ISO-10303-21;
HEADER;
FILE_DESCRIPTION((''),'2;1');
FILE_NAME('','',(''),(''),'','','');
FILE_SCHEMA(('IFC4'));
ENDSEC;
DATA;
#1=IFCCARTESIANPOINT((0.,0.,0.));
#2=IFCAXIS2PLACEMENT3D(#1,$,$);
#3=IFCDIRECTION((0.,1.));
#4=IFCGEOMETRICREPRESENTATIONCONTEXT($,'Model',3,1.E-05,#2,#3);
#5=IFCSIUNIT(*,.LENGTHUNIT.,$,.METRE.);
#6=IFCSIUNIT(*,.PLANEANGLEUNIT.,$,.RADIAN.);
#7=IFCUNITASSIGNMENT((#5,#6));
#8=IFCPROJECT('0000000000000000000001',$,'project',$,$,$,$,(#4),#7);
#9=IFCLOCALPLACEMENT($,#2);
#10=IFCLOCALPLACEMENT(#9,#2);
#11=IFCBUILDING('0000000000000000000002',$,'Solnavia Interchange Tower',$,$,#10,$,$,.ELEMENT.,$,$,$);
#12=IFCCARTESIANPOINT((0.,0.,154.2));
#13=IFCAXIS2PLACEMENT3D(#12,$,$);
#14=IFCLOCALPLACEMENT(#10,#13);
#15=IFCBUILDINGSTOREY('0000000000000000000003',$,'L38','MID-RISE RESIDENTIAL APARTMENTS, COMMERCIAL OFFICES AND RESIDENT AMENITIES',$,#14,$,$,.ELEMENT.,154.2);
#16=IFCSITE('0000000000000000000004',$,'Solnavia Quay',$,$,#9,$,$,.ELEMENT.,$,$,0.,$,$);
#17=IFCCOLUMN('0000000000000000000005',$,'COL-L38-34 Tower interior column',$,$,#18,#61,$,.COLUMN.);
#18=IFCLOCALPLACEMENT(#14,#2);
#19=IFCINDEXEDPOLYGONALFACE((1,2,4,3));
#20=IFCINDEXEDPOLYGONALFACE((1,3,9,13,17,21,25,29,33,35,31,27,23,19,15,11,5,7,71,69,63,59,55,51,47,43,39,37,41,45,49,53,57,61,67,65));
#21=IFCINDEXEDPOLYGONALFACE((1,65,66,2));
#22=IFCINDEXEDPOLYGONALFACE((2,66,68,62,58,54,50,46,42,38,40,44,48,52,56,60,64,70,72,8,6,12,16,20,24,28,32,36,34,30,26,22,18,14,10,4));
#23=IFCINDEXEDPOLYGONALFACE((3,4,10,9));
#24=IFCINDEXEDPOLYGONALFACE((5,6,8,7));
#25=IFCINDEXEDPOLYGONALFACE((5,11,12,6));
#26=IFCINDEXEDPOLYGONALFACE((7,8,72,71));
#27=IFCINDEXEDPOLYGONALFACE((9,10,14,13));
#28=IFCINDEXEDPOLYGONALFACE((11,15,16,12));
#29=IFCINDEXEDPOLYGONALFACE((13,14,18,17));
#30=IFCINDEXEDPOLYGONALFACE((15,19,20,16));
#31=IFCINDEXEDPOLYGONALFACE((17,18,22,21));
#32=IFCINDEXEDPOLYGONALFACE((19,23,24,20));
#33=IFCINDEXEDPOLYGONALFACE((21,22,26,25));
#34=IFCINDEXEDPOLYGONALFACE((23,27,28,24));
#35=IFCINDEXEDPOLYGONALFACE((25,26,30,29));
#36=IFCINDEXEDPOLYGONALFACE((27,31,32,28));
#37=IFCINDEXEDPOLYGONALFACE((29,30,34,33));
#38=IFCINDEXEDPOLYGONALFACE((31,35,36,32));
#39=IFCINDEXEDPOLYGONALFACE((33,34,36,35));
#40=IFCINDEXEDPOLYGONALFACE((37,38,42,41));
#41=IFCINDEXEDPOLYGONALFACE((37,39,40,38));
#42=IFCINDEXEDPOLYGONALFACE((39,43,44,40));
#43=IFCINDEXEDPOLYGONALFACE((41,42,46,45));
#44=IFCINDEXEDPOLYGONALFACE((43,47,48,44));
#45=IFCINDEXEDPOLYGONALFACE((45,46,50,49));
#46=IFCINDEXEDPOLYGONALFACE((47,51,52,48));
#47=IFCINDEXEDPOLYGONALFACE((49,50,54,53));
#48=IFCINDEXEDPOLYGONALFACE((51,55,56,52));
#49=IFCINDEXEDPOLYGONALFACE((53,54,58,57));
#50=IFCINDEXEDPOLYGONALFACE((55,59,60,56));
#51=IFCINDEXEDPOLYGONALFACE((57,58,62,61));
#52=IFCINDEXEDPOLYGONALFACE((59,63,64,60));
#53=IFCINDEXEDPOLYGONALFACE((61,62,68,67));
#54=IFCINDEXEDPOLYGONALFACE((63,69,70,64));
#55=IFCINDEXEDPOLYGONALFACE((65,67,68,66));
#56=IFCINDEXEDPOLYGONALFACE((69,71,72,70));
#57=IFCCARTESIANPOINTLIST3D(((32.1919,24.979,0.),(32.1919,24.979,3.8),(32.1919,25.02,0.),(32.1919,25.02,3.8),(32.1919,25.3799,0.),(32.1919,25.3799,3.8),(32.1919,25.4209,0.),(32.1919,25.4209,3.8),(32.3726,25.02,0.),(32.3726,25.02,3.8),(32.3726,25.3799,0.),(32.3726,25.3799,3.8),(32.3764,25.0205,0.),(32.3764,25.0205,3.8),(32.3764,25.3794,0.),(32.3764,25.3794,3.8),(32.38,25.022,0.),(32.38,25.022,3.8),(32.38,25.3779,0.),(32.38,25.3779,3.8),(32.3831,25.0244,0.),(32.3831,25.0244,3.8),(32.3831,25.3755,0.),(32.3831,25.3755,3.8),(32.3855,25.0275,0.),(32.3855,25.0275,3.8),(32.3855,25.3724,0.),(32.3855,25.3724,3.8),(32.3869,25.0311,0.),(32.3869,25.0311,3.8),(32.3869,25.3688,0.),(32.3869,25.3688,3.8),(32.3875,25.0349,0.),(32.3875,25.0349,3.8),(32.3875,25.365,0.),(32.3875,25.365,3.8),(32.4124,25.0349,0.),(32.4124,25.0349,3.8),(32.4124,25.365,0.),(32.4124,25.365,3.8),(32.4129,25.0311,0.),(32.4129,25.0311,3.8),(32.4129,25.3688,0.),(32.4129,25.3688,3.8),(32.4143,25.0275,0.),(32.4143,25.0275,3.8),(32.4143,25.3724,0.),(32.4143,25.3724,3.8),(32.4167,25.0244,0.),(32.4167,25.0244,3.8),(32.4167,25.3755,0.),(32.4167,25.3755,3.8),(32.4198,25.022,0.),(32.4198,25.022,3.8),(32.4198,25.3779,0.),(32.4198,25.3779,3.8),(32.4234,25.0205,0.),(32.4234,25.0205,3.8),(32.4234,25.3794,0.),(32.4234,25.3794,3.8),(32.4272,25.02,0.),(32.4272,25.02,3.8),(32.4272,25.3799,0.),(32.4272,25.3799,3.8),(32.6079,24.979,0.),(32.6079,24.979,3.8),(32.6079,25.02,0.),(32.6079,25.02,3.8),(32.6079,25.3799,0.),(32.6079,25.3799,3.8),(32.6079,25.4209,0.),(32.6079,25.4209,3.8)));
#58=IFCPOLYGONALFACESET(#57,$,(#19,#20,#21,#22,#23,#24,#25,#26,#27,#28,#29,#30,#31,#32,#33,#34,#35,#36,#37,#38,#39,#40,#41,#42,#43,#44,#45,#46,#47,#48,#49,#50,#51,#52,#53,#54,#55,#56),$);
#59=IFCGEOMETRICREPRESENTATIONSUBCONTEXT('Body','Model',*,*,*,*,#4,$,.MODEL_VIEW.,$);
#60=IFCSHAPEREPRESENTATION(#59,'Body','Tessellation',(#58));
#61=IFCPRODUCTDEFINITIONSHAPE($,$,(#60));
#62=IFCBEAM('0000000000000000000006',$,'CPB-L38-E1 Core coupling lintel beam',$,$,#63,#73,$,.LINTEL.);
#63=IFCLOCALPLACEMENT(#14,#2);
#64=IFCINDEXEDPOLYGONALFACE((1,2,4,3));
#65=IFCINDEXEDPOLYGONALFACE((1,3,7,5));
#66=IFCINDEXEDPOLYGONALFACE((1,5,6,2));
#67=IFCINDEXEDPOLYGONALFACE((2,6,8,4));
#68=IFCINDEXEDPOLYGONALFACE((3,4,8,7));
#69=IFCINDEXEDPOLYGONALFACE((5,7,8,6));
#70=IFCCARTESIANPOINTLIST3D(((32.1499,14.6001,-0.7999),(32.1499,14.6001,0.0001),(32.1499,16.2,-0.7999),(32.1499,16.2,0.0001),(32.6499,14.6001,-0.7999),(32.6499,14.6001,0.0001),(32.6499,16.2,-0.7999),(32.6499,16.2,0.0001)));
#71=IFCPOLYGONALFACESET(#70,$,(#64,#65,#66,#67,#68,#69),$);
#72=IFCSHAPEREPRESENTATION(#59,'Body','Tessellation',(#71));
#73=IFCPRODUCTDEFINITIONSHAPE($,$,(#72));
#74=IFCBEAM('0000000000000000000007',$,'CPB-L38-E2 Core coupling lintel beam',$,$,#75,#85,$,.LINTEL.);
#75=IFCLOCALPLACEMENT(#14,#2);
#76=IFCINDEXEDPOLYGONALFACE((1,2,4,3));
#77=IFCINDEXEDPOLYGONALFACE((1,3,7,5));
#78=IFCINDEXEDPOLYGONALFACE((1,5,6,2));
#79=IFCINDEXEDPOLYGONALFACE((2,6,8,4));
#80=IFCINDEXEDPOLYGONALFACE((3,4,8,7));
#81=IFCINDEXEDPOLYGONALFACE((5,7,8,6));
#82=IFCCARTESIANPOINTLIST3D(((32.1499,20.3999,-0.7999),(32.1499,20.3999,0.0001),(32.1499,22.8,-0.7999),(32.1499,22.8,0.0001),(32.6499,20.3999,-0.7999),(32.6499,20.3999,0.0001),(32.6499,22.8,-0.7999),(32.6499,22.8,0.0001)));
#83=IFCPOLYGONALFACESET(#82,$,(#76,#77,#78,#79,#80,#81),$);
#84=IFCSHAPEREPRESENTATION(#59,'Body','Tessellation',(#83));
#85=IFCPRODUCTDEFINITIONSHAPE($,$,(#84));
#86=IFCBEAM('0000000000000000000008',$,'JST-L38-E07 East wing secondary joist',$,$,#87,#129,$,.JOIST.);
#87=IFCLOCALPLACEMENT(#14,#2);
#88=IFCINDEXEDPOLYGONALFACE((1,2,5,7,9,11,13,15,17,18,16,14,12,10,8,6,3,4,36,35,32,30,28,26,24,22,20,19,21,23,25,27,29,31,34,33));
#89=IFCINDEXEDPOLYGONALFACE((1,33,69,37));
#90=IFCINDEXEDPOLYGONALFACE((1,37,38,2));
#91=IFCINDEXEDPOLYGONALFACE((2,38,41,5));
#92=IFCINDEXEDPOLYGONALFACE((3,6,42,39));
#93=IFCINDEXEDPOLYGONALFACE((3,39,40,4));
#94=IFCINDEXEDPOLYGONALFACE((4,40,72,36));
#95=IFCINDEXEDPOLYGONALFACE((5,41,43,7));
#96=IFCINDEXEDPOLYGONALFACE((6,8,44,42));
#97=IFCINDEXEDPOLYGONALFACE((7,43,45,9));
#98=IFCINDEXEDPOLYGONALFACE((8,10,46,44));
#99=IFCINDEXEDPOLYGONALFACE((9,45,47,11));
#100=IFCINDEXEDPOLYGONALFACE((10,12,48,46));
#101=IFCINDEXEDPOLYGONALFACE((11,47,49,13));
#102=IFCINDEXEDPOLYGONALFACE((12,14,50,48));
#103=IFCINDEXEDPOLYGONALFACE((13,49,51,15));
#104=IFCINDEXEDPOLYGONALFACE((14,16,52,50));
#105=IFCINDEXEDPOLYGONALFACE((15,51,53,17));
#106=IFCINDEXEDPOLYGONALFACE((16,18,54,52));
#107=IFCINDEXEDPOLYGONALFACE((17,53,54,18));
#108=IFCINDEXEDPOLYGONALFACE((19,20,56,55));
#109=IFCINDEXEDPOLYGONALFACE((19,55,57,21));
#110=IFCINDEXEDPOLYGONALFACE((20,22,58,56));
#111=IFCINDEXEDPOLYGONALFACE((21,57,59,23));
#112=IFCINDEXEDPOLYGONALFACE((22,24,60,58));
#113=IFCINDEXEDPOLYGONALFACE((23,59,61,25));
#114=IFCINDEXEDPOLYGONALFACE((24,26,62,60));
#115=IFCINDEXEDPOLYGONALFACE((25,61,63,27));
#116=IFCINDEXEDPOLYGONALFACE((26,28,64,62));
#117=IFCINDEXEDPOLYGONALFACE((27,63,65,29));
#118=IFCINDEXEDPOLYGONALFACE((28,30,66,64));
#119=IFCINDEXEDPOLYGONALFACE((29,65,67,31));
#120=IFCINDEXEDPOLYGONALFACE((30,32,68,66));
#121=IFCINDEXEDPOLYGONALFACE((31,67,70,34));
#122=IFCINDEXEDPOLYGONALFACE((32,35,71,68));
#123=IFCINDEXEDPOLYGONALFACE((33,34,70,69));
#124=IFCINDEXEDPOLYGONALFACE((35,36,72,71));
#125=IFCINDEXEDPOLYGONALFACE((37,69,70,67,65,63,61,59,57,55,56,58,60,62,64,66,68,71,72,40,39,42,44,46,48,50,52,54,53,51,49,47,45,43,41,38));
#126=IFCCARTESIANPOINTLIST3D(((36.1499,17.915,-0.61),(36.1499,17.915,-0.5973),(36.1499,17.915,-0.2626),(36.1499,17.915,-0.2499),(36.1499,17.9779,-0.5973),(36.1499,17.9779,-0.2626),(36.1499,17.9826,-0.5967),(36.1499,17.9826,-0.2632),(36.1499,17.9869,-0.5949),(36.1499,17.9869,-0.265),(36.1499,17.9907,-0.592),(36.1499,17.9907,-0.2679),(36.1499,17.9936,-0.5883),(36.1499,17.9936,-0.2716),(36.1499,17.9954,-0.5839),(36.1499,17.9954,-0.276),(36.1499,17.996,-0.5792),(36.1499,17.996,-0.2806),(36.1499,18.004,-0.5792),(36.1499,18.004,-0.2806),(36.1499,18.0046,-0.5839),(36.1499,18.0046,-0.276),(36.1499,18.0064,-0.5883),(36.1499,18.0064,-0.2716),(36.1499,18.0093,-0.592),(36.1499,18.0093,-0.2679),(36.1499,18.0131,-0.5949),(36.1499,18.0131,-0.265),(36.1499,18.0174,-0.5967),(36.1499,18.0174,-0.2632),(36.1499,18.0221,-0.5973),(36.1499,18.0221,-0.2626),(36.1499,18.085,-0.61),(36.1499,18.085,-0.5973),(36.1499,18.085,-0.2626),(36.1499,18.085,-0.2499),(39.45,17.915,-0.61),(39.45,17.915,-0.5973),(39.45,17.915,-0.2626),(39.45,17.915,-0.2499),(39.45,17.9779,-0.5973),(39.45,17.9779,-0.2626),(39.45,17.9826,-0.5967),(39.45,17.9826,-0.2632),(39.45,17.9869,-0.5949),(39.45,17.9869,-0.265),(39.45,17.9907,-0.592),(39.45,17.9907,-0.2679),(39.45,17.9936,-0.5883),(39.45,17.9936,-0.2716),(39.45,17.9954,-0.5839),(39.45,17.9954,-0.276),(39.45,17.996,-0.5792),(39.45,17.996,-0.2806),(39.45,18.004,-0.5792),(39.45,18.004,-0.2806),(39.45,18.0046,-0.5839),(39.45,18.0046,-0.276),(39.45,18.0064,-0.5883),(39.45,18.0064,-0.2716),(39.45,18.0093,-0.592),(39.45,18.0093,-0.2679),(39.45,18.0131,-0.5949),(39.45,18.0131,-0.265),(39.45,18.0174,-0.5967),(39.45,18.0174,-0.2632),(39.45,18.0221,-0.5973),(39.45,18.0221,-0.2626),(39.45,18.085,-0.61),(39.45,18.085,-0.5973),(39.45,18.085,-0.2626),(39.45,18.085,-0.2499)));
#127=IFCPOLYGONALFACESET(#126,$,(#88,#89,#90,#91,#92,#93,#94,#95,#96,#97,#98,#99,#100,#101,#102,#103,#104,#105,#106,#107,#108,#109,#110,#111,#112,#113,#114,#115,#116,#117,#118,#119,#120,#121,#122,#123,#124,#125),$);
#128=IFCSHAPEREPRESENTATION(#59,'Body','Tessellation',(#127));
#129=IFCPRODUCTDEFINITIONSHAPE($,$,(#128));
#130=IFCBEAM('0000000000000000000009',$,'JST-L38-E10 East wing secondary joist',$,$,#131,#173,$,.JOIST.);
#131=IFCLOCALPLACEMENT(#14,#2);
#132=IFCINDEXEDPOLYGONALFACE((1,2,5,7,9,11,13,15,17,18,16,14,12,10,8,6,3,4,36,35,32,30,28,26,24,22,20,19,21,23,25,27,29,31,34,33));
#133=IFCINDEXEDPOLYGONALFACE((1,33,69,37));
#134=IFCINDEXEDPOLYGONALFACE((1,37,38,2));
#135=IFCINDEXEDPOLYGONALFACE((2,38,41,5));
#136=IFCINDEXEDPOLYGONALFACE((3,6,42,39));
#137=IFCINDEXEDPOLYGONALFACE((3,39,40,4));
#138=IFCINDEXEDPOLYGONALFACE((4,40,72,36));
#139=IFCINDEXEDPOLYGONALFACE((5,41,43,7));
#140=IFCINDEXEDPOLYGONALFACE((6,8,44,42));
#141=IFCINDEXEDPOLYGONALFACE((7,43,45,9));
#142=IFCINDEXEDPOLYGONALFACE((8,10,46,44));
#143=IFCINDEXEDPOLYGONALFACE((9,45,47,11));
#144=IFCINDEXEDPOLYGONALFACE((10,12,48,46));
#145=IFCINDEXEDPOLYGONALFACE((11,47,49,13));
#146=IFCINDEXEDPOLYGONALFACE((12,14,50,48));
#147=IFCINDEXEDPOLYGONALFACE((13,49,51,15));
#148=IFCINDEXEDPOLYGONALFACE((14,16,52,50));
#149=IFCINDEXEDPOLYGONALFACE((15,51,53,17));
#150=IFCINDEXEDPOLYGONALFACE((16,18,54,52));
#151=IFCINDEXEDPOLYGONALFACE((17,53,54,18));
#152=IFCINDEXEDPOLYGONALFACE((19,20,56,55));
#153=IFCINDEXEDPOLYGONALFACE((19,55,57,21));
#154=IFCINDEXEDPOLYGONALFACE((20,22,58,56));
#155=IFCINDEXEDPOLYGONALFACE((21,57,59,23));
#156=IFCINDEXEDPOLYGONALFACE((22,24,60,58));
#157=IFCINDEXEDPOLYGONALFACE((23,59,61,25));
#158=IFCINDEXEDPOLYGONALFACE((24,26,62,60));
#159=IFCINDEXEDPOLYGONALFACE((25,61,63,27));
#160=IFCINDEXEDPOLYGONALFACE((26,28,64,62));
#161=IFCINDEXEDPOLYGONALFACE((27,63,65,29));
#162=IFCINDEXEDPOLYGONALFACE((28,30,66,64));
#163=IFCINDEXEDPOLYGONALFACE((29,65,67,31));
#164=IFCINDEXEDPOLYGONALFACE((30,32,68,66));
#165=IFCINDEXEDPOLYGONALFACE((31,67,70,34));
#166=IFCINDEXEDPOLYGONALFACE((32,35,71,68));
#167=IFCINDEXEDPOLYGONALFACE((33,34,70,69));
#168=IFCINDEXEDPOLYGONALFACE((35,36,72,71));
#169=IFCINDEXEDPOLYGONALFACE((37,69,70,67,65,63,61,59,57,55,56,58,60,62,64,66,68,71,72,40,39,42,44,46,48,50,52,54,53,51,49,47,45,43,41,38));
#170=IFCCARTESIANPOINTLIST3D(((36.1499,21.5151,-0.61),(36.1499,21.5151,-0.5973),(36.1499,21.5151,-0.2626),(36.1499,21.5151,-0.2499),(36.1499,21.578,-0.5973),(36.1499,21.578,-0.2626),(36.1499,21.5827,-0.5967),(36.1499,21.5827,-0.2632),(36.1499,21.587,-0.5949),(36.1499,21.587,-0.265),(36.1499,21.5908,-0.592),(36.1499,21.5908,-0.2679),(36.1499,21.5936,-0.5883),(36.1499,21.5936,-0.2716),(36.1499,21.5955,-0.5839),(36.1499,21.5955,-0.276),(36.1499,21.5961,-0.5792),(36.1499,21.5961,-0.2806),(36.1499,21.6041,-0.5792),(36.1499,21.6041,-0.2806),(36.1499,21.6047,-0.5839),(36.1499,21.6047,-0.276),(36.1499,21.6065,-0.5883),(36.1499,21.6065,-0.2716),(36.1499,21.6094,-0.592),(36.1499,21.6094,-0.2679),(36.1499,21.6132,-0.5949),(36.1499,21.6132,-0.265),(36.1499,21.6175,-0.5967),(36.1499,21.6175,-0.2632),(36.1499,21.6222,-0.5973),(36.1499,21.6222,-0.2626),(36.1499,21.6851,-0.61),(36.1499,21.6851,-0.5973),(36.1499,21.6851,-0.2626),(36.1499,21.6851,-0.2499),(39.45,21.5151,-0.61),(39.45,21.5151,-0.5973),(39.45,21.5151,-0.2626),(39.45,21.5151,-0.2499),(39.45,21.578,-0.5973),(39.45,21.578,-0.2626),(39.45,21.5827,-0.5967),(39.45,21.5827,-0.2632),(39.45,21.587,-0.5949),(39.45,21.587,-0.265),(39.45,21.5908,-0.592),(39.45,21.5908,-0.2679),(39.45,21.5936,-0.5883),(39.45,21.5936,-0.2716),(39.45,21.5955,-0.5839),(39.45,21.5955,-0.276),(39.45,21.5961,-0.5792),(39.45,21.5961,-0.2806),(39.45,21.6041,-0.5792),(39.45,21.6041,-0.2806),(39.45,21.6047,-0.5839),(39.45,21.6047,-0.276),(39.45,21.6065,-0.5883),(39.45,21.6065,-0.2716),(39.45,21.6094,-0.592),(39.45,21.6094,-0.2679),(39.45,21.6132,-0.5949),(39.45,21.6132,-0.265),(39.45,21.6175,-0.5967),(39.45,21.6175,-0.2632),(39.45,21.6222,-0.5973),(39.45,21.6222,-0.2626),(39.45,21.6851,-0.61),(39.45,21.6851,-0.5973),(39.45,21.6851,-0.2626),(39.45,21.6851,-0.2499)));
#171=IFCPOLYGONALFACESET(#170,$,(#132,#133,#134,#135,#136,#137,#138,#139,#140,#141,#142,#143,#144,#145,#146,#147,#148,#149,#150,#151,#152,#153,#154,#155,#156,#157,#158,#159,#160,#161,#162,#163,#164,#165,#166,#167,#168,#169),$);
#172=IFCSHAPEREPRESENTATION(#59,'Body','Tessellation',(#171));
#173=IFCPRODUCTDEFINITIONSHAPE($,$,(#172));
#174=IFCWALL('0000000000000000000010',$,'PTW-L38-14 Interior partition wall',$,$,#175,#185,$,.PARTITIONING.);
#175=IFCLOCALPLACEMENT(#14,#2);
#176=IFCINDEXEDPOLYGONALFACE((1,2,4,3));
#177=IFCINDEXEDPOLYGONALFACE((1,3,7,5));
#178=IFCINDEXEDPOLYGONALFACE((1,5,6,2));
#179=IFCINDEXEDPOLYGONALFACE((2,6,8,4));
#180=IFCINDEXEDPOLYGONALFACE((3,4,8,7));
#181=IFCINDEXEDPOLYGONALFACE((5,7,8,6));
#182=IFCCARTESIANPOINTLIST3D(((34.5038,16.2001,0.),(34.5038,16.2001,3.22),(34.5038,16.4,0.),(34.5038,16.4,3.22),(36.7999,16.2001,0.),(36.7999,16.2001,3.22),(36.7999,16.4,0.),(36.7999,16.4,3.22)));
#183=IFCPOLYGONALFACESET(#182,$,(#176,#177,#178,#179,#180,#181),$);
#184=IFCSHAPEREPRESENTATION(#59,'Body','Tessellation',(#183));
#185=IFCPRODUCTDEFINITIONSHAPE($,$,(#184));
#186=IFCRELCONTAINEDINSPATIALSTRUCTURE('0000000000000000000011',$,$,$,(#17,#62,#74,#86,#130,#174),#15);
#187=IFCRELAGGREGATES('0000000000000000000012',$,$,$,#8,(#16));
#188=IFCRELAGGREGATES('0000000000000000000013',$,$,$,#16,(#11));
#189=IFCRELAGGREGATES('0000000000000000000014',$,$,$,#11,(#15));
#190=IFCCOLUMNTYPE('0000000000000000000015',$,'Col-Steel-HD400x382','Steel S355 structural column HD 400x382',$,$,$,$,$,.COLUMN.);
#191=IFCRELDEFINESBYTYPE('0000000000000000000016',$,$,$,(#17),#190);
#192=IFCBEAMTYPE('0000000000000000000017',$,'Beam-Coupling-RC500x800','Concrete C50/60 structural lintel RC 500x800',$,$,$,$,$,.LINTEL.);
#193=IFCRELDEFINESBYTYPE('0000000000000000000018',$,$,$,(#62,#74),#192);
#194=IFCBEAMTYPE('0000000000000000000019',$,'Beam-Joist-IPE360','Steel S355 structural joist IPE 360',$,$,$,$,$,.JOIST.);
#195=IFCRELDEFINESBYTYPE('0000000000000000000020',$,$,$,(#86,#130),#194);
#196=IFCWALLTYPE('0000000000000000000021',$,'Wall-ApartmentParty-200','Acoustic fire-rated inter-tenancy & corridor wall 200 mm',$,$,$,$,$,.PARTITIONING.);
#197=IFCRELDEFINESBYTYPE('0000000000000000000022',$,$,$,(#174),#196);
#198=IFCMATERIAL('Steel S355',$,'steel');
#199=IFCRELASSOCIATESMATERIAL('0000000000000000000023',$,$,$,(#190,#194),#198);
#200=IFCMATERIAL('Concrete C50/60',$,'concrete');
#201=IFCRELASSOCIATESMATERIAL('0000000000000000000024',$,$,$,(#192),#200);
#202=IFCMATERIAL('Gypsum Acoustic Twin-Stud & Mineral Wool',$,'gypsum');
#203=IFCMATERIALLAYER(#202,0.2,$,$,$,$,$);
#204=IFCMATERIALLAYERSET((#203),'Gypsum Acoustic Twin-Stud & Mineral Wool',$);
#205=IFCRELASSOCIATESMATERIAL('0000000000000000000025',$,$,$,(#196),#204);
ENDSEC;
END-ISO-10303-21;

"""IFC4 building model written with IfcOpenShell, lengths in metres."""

from ifc_helpers import new_model, si_unit, direction, frame, frame_2d, origin, origin_2d, place, context, subcontext, project, spatial, rectangle, i_section, extrude, material, layer, layer_set, material_profile, profile_set, type_object, element, save


model = new_model("IFC4")

# Units and contexts
model_context = context("Model", 3, precision=1e-05, world=origin(), true_north=direction((0.0, 1.0)))
body_context = subcontext(model_context, "Body", "Model", "MODEL_VIEW")
ifc_project = project(units=[si_unit("LENGTHUNIT", "METRE"), si_unit("PLANEANGLEUNIT", "RADIAN")], contexts=[model_context])

# Site, building, storey
site_placement = place(None, origin())
site = spatial("IfcSite", under=ifc_project, at=site_placement, Name="Solnavia Quay", CompositionType="ELEMENT", RefElevation=0.0)
building_placement = place(site_placement, origin())
building = spatial("IfcBuilding", under=site, at=building_placement, Name="Solnavia Interchange Tower", CompositionType="ELEMENT")
storey_placement = place(building_placement, frame((0.0, 0.0, 154.2)))
storey = spatial("IfcBuildingStorey", under=building, at=storey_placement, Name="L38", Description="MID-RISE RESIDENTIAL APARTMENTS, COMMERCIAL OFFICES AND RESIDENT AMENITIES", CompositionType="ELEMENT", Elevation=154.2)

# Column
ifc_material_1 = material(Name="Steel S355", Category="steel")
ifc_material_profile_1 = material_profile(ifc_material_1, i_section(OverallWidth=0.416, OverallDepth=0.4419, WebThickness=0.0249, FlangeThickness=0.041, FilletRadius=0.0149, at=origin_2d()), Name="HD 400x382")
ifc_profile_set_1 = profile_set([ifc_material_profile_1], Name="Steel S355")
column_type = type_object("IfcColumnType", Name="Col-Steel-HD400x382", Description="Steel S355 structural column HD 400x382", PredefinedType="COLUMN", material=ifc_profile_set_1)
column_placement = place(storey_placement, frame((32.3999, 25.2, 0.0), z_axis=(0.0, 0.0, 1.0), x_axis=(1.0, 0.0, 0.0)))
element("IfcColumn", 1, at=column_placement, inside=storey, type_object=column_type, Name="COL-L38-34 Tower interior column", PredefinedType="COLUMN", context=body_context, shape_type="SweptSolid", body=[
    extrude(i_section(OverallWidth=0.416, OverallDepth=0.4419, WebThickness=0.0249, FlangeThickness=0.041, FilletRadius=0.0149, at=origin_2d()), origin(), (0.0, 0.0, 1.0), 3.8),
])

# Beams
ifc_material_2 = material(Name="Concrete C50/60", Category="concrete")
ifc_material_profile_2 = material_profile(ifc_material_2, rectangle(XDim=0.5, YDim=0.8, at=origin_2d()), Name="RC 500x800")
ifc_profile_set_2 = profile_set([ifc_material_profile_2], Name="Concrete C50/60")
beam_type_1 = type_object("IfcBeamType", Name="Beam-Coupling-RC500x800", Description="Concrete C50/60 structural lintel RC 500x800", PredefinedType="LINTEL", material=ifc_profile_set_2)
beam_1_placement = place(storey_placement, frame((32.3999, 14.6001, -0.3999), z_axis=(0.0, 1.0, 0.0), x_axis=(-1.0, 0.0, 0.0)))
element("IfcBeam", 2, at=beam_1_placement, inside=storey, type_object=beam_type_1, Name="CPB-L38-E1 Core coupling lintel beam", PredefinedType="LINTEL", context=body_context, shape_type="SweptSolid", body=[
    extrude(rectangle(XDim=0.5, YDim=0.8, at=origin_2d()), origin(), (0.0, 0.0, 1.0), 1.5999),
])
beam_2_placement = place(storey_placement, frame((32.3999, 20.3999, -0.3999), z_axis=(0.0, 1.0, 0.0), x_axis=(-1.0, 0.0, 0.0)))
element("IfcBeam", 3, at=beam_2_placement, inside=storey, type_object=beam_type_1, Name="CPB-L38-E2 Core coupling lintel beam", PredefinedType="LINTEL", context=body_context, shape_type="SweptSolid", body=[
    extrude(rectangle(XDim=0.5, YDim=0.8, at=origin_2d()), origin(), (0.0, 0.0, 1.0), 2.4001),
])
ifc_material_profile_3 = material_profile(ifc_material_1, i_section(OverallWidth=0.1699, OverallDepth=0.3601, WebThickness=0.0081, FlangeThickness=0.0127, FilletRadius=0.0181, at=origin_2d()), Name="IPE 360")
ifc_profile_set_3 = profile_set([ifc_material_profile_3], Name="Steel S355")
beam_type_2 = type_object("IfcBeamType", Name="Beam-Joist-IPE360", Description="Steel S355 structural joist IPE 360", PredefinedType="JOIST", material=ifc_profile_set_3)
for number, where, z_axis, x_axis, name in (
    (4, (36.1499, 18.0, -0.4299), (1.0, 0.0, 0.0), (0.0, 1.0, 0.0), "JST-L38-E07 East wing secondary joist"),
    (5, (36.1499, 21.6001, -0.4299), (1.0, 0.0, 0.0), (0.0, 1.0, 0.0), "JST-L38-E10 East wing secondary joist"),
):
    element("IfcBeam", number, at=place(storey_placement, frame(where, z_axis=z_axis, x_axis=x_axis)), inside=storey, type_object=beam_type_2, Name=name, PredefinedType="JOIST", context=body_context, shape_type="SweptSolid", body=[
        extrude(i_section(OverallWidth=0.1699, OverallDepth=0.3601, WebThickness=0.0081, FlangeThickness=0.0127, FilletRadius=0.0181, at=origin_2d()), origin(), (0.0, 0.0, 1.0), 3.3),
    ])

# Wall
ifc_material_3 = material(Name="Gypsum Acoustic Twin-Stud & Mineral Wool", Category="gypsum")
ifc_layer_1 = layer(ifc_material_3, 0.2)
ifc_layer_set_1 = layer_set([ifc_layer_1], Name="Gypsum Acoustic Twin-Stud & Mineral Wool")
wall_type_1 = type_object("IfcWallType", Name="Wall-ApartmentParty-200", Description="Acoustic fire-rated inter-tenancy & corridor wall 200 mm", PredefinedType="PARTITIONING", material=ifc_layer_set_1)
wall_1_placement = place(storey_placement, frame((34.5039, 16.3, 0.0), z_axis=(0.0, 0.0, 1.0), x_axis=(1.0, 0.0, 0.0)))
element("IfcWall", 6, at=wall_1_placement, inside=storey, type_object=wall_type_1, Name="PTW-L38-14 Interior partition wall", PredefinedType="PARTITIONING", context=body_context, shape_type="SweptSolid", body=[
    extrude(rectangle(XDim=2.2961, YDim=0.2, at=frame_2d((1.1479, 0.0))), origin(), (0.0, 0.0, 1.0), 3.22),
])

save(model, "model.ifc")
